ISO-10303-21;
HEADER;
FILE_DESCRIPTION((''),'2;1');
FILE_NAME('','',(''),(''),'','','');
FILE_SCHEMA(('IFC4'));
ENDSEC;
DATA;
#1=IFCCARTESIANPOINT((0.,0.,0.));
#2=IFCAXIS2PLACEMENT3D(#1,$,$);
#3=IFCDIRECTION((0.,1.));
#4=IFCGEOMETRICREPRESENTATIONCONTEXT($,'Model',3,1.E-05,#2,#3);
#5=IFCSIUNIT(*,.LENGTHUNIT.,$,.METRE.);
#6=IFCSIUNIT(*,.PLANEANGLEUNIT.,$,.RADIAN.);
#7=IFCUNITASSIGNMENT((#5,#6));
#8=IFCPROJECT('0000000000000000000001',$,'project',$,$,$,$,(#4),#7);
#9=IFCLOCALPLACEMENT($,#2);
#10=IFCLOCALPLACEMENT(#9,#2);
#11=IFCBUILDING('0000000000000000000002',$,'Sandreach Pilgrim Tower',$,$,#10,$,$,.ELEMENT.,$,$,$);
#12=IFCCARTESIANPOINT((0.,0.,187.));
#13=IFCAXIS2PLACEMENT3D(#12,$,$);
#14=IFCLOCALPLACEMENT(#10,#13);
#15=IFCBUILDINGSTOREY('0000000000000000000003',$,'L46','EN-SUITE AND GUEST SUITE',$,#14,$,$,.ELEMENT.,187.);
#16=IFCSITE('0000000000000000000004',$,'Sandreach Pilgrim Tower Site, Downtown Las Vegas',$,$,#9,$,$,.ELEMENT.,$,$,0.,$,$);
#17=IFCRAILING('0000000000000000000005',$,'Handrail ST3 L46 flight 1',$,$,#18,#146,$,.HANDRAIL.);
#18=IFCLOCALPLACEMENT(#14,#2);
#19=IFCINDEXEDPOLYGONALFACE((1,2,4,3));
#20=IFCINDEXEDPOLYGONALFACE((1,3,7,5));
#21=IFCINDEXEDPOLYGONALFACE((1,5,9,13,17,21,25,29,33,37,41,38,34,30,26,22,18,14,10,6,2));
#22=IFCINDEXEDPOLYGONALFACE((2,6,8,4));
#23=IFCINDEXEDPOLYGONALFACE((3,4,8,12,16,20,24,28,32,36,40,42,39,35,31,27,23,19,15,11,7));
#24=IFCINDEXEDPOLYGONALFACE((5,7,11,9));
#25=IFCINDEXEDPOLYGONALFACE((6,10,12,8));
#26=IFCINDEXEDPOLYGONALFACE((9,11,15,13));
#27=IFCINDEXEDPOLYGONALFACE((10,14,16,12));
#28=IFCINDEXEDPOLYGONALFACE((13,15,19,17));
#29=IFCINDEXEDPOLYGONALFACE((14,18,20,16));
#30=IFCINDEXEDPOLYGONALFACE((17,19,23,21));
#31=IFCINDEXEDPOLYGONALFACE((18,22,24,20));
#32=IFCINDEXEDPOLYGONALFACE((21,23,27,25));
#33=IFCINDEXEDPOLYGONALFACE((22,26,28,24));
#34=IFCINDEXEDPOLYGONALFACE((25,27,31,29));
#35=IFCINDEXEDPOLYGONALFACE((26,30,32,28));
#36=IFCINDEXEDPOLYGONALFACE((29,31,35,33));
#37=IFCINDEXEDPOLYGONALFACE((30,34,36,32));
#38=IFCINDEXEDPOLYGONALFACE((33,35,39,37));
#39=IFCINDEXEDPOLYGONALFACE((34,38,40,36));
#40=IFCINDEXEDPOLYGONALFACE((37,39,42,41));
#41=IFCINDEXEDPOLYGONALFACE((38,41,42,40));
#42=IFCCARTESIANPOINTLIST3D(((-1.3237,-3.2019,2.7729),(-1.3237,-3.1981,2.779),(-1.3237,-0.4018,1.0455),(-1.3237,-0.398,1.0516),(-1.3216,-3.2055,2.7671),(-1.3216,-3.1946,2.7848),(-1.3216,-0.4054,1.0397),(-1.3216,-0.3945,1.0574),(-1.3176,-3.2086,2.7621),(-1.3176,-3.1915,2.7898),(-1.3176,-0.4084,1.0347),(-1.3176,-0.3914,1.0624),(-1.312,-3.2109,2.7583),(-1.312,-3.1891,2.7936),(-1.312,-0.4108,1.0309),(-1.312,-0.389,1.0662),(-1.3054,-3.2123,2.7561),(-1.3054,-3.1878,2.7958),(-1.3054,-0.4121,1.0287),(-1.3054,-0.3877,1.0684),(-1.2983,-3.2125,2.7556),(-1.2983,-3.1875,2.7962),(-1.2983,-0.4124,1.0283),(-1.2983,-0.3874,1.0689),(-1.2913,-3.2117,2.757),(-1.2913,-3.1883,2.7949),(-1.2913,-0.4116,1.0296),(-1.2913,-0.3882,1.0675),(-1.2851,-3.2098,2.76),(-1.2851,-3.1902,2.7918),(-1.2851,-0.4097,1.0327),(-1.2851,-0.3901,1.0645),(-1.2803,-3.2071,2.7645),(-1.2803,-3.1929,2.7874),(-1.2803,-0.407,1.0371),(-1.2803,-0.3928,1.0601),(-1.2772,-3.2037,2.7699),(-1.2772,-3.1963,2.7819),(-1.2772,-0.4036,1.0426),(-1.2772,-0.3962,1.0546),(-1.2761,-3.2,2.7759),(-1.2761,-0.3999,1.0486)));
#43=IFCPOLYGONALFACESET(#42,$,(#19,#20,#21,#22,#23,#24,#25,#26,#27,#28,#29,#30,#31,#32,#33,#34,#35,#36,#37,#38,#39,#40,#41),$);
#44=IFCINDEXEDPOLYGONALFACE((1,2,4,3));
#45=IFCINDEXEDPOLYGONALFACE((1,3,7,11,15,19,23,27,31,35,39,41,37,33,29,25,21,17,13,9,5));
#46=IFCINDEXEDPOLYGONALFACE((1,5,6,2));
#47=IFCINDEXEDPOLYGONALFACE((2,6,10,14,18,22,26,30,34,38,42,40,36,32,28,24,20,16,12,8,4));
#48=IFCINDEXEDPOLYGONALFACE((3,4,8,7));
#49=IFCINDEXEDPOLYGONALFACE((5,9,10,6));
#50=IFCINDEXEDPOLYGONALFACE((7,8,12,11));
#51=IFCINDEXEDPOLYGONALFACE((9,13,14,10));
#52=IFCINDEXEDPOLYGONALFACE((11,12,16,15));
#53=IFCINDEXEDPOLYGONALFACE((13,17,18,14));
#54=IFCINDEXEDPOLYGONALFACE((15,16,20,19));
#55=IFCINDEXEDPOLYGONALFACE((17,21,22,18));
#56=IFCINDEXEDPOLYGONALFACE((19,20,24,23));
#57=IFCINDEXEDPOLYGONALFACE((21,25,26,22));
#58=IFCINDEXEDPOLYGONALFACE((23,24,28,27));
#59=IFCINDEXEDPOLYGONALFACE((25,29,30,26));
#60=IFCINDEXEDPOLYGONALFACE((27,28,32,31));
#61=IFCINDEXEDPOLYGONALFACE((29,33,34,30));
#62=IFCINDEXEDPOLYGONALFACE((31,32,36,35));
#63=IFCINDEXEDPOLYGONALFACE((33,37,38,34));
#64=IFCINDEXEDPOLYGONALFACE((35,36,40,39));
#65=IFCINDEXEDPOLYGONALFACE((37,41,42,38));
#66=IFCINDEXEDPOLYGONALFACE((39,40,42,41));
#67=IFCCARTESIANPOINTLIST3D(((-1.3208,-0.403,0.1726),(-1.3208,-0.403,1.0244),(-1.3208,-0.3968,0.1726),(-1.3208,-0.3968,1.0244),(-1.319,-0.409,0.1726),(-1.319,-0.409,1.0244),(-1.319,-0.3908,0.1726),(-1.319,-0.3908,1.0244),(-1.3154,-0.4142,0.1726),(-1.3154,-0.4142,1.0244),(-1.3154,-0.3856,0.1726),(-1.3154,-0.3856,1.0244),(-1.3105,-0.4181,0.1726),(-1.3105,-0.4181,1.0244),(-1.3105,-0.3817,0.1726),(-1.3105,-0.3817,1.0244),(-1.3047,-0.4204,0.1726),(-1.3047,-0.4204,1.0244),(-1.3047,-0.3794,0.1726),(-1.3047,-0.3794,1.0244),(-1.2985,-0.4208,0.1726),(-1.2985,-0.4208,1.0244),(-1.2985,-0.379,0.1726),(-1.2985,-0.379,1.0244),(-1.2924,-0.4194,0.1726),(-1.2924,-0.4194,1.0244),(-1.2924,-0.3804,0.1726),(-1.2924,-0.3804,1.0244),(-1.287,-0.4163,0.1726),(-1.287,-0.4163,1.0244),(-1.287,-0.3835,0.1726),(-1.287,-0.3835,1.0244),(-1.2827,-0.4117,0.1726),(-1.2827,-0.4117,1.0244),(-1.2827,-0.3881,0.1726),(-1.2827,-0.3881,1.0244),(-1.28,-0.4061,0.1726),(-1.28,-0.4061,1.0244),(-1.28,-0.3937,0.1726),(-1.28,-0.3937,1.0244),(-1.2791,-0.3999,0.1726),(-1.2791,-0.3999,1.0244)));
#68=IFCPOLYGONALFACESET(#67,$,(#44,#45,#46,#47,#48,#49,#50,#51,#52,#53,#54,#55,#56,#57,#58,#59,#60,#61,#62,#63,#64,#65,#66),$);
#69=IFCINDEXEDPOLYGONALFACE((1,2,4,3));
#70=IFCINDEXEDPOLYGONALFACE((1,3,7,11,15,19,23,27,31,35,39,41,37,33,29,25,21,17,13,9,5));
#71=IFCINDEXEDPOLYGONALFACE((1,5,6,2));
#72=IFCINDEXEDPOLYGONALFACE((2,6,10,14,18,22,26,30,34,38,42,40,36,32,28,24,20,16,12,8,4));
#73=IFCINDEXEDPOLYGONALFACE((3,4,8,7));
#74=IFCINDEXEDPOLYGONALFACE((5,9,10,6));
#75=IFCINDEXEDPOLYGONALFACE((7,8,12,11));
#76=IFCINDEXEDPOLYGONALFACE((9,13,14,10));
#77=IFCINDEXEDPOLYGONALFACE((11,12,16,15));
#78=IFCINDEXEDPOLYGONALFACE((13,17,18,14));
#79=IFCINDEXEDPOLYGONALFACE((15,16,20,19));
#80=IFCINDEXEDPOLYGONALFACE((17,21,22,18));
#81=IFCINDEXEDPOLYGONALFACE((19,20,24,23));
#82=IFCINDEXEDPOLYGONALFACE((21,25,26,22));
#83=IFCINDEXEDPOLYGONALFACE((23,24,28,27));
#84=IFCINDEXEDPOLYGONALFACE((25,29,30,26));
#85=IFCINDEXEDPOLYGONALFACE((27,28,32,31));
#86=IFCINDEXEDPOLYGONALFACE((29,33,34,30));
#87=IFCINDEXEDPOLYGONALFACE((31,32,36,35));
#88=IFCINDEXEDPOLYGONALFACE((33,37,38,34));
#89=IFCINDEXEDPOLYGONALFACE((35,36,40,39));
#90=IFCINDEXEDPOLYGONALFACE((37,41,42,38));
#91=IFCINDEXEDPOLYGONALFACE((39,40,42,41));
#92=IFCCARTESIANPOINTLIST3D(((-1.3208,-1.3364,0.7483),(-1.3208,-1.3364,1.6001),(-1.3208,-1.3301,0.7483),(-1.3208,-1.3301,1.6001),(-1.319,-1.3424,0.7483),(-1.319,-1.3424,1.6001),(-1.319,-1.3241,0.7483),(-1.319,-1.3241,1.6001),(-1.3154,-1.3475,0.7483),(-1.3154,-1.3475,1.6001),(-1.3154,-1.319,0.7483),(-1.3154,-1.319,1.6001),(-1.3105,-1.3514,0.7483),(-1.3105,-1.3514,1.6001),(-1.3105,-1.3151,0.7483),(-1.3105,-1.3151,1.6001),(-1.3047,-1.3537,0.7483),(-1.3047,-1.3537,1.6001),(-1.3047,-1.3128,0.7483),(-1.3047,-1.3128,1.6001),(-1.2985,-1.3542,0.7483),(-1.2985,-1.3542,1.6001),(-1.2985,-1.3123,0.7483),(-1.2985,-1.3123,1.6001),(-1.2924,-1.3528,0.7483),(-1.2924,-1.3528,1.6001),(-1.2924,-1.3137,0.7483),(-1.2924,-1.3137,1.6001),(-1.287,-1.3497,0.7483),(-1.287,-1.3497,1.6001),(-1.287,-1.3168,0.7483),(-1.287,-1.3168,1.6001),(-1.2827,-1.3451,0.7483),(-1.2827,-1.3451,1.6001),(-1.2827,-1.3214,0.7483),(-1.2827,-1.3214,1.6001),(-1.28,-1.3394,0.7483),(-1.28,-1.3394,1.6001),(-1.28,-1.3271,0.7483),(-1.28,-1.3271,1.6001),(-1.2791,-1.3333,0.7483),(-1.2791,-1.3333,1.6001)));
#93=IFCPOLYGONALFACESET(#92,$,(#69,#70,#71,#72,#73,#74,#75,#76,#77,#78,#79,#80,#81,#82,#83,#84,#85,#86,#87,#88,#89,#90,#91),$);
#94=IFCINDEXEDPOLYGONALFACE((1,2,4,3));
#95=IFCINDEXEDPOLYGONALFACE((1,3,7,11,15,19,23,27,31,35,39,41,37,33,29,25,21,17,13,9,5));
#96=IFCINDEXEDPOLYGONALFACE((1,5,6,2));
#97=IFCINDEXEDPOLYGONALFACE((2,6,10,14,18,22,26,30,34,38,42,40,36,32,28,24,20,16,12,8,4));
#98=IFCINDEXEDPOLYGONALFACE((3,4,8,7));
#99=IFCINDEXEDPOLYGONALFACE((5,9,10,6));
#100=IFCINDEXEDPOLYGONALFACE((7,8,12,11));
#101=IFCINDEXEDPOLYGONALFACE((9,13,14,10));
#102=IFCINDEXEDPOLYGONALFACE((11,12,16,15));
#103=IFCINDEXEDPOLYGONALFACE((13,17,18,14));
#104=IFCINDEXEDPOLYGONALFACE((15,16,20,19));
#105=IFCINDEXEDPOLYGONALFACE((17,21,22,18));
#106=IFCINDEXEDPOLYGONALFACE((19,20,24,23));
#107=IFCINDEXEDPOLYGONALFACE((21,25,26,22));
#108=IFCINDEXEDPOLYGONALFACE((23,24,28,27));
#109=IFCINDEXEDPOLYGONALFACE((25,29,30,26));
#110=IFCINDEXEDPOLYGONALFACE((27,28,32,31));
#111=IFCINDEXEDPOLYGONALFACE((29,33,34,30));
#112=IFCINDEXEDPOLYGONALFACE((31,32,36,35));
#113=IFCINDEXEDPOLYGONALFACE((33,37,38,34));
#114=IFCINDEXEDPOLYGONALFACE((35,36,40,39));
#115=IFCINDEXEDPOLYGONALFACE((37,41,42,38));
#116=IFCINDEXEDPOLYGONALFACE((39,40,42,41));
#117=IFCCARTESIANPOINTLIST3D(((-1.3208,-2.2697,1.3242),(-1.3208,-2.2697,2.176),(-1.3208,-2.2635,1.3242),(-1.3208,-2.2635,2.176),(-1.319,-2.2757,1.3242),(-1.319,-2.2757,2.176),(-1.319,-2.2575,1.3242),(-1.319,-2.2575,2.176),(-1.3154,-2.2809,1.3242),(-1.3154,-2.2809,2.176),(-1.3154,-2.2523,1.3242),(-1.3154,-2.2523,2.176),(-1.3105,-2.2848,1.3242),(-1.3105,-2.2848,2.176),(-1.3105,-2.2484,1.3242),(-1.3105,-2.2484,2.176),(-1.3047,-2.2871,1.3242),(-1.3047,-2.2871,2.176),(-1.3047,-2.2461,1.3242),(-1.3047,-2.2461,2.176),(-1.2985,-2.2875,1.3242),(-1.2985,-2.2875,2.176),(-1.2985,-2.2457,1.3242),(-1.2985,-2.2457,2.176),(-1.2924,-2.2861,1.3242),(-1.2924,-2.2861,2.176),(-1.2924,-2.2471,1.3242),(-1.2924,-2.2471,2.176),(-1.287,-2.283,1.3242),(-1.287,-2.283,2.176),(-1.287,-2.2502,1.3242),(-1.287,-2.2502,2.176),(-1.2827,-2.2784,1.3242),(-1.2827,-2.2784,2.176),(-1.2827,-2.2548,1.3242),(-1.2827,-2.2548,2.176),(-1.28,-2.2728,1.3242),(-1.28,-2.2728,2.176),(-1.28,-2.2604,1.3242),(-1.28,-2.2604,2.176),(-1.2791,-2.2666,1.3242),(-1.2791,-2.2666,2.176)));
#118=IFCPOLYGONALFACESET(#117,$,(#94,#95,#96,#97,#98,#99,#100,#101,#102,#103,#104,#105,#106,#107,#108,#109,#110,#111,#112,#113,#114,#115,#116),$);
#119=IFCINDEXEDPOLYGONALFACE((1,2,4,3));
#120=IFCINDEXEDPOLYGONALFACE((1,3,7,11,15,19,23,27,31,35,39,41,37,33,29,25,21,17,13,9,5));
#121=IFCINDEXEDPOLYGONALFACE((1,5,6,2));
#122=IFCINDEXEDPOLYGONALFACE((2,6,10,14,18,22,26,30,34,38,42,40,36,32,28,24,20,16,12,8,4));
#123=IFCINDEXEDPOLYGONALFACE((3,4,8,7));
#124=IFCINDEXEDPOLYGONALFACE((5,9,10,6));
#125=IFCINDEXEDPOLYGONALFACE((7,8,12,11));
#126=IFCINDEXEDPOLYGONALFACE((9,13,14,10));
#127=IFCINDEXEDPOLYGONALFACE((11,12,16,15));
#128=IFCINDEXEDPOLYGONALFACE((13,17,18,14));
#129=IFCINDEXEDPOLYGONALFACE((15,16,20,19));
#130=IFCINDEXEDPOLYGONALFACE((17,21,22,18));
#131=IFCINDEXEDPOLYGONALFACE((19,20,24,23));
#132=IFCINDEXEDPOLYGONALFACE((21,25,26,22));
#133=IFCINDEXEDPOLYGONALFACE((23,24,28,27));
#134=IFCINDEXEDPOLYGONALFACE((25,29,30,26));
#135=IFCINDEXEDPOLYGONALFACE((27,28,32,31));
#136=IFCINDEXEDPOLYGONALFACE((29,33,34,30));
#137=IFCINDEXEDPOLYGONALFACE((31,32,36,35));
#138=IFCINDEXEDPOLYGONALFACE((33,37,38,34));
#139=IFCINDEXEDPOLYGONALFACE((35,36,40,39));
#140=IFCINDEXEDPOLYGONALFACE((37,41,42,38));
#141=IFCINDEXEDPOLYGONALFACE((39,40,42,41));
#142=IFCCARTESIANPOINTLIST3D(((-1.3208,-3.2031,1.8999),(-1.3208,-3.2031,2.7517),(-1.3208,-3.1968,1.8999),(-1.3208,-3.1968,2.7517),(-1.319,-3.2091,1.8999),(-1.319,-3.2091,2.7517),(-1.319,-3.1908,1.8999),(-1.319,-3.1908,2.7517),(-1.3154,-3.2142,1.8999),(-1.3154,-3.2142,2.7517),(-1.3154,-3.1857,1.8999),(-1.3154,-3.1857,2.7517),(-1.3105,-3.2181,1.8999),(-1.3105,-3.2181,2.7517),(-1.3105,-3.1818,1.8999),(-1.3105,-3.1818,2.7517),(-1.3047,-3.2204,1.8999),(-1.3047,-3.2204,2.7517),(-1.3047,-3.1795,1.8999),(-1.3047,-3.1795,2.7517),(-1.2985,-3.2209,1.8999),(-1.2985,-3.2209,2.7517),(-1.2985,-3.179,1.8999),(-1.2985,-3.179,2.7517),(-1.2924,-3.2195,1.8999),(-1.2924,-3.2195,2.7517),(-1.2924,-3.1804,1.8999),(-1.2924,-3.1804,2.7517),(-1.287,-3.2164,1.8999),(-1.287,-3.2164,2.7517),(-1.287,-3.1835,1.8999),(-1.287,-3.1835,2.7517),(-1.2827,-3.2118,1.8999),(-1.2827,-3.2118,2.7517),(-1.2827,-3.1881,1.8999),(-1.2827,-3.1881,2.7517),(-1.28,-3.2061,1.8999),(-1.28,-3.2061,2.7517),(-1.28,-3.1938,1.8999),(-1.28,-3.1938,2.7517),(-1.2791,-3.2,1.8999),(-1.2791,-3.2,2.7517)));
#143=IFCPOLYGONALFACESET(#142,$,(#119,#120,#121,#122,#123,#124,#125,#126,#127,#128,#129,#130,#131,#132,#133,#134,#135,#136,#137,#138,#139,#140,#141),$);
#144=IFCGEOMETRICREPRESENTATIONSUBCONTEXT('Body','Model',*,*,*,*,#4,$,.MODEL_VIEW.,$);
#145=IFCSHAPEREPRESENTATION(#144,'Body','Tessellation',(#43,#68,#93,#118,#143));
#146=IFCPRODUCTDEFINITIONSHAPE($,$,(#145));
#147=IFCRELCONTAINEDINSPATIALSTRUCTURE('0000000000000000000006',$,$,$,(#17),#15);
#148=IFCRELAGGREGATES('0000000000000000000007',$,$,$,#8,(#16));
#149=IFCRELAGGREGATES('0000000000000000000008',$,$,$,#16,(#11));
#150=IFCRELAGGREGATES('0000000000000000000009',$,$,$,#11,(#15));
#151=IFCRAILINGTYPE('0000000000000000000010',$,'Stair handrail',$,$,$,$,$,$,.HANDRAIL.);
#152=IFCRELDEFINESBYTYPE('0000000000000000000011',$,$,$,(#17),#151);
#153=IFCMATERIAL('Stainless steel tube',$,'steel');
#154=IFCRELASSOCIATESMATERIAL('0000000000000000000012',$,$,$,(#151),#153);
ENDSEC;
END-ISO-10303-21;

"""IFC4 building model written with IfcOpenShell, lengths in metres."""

from ifc_helpers import new_model, si_unit, direction, frame, origin, origin_2d, place, context, subcontext, project, spatial, circle, extrude, material, type_object, element, save


model = new_model("IFC4")

# Units and contexts
model_context = context("Model", 3, precision=1e-05, world=origin(), true_north=direction((0.0, 1.0)))
body_context = subcontext(model_context, "Body", "Model", "MODEL_VIEW")
ifc_project = project(units=[si_unit("LENGTHUNIT", "METRE"), si_unit("PLANEANGLEUNIT", "RADIAN")], contexts=[model_context])

# Site, building, storey
site_placement = place(None, origin())
site = spatial("IfcSite", under=ifc_project, at=site_placement, Name="Sandreach Pilgrim Tower Site, Downtown Las Vegas", CompositionType="ELEMENT", RefElevation=0.0)
building_placement = place(site_placement, origin())
building = spatial("IfcBuilding", under=site, at=building_placement, Name="Sandreach Pilgrim Tower", CompositionType="ELEMENT")
storey_placement = place(building_placement, frame((0.0, 0.0, 187.0)))
storey = spatial("IfcBuildingStorey", under=building, at=storey_placement, Name="L46", Description="EN-SUITE AND GUEST SUITE", CompositionType="ELEMENT", Elevation=187.0)

# Railing
ifc_material_1 = material(Name="Stainless steel tube", Category="steel")
railing_type = type_object("IfcRailingType", Name="Stair handrail", PredefinedType="HANDRAIL", material=ifc_material_1)
for number, where, name in (
    (1, (-1.3, -0.3999, 0.1726), "Handrail ST3 L46 flight 1"),
):
    element("IfcRailing", number, at=place(storey_placement, frame(where)), inside=storey, type_object=railing_type, Name=name, PredefinedType="HANDRAIL", context=body_context, shape_type="SweptSolid", body=[
        extrude(circle(Radius=0.0239, at=origin_2d()), frame((0.0, 0.0, 0.876), z_axis=(0.0, -0.85109, 0.52502), x_axis=(1.0, 0.0, 0.0)), (0.0, 0.0, 1.0), 3.29),
        extrude(circle(Radius=0.021, at=origin_2d()), origin(), (0.0, 0.0, 1.0), 0.8518),
        extrude(circle(Radius=0.021, at=origin_2d()), frame((0.0, -0.9333, 0.5757)), (0.0, 0.0, 1.0), 0.8518),
        extrude(circle(Radius=0.021, at=origin_2d()), frame((0.0, -1.8667, 1.1516)), (0.0, 0.0, 1.0), 0.8518),
        extrude(circle(Radius=0.021, at=origin_2d()), frame((0.0, -2.8, 1.7273)), (0.0, 0.0, 1.0), 0.8518),
    ])

save(model, "model.ifc")
